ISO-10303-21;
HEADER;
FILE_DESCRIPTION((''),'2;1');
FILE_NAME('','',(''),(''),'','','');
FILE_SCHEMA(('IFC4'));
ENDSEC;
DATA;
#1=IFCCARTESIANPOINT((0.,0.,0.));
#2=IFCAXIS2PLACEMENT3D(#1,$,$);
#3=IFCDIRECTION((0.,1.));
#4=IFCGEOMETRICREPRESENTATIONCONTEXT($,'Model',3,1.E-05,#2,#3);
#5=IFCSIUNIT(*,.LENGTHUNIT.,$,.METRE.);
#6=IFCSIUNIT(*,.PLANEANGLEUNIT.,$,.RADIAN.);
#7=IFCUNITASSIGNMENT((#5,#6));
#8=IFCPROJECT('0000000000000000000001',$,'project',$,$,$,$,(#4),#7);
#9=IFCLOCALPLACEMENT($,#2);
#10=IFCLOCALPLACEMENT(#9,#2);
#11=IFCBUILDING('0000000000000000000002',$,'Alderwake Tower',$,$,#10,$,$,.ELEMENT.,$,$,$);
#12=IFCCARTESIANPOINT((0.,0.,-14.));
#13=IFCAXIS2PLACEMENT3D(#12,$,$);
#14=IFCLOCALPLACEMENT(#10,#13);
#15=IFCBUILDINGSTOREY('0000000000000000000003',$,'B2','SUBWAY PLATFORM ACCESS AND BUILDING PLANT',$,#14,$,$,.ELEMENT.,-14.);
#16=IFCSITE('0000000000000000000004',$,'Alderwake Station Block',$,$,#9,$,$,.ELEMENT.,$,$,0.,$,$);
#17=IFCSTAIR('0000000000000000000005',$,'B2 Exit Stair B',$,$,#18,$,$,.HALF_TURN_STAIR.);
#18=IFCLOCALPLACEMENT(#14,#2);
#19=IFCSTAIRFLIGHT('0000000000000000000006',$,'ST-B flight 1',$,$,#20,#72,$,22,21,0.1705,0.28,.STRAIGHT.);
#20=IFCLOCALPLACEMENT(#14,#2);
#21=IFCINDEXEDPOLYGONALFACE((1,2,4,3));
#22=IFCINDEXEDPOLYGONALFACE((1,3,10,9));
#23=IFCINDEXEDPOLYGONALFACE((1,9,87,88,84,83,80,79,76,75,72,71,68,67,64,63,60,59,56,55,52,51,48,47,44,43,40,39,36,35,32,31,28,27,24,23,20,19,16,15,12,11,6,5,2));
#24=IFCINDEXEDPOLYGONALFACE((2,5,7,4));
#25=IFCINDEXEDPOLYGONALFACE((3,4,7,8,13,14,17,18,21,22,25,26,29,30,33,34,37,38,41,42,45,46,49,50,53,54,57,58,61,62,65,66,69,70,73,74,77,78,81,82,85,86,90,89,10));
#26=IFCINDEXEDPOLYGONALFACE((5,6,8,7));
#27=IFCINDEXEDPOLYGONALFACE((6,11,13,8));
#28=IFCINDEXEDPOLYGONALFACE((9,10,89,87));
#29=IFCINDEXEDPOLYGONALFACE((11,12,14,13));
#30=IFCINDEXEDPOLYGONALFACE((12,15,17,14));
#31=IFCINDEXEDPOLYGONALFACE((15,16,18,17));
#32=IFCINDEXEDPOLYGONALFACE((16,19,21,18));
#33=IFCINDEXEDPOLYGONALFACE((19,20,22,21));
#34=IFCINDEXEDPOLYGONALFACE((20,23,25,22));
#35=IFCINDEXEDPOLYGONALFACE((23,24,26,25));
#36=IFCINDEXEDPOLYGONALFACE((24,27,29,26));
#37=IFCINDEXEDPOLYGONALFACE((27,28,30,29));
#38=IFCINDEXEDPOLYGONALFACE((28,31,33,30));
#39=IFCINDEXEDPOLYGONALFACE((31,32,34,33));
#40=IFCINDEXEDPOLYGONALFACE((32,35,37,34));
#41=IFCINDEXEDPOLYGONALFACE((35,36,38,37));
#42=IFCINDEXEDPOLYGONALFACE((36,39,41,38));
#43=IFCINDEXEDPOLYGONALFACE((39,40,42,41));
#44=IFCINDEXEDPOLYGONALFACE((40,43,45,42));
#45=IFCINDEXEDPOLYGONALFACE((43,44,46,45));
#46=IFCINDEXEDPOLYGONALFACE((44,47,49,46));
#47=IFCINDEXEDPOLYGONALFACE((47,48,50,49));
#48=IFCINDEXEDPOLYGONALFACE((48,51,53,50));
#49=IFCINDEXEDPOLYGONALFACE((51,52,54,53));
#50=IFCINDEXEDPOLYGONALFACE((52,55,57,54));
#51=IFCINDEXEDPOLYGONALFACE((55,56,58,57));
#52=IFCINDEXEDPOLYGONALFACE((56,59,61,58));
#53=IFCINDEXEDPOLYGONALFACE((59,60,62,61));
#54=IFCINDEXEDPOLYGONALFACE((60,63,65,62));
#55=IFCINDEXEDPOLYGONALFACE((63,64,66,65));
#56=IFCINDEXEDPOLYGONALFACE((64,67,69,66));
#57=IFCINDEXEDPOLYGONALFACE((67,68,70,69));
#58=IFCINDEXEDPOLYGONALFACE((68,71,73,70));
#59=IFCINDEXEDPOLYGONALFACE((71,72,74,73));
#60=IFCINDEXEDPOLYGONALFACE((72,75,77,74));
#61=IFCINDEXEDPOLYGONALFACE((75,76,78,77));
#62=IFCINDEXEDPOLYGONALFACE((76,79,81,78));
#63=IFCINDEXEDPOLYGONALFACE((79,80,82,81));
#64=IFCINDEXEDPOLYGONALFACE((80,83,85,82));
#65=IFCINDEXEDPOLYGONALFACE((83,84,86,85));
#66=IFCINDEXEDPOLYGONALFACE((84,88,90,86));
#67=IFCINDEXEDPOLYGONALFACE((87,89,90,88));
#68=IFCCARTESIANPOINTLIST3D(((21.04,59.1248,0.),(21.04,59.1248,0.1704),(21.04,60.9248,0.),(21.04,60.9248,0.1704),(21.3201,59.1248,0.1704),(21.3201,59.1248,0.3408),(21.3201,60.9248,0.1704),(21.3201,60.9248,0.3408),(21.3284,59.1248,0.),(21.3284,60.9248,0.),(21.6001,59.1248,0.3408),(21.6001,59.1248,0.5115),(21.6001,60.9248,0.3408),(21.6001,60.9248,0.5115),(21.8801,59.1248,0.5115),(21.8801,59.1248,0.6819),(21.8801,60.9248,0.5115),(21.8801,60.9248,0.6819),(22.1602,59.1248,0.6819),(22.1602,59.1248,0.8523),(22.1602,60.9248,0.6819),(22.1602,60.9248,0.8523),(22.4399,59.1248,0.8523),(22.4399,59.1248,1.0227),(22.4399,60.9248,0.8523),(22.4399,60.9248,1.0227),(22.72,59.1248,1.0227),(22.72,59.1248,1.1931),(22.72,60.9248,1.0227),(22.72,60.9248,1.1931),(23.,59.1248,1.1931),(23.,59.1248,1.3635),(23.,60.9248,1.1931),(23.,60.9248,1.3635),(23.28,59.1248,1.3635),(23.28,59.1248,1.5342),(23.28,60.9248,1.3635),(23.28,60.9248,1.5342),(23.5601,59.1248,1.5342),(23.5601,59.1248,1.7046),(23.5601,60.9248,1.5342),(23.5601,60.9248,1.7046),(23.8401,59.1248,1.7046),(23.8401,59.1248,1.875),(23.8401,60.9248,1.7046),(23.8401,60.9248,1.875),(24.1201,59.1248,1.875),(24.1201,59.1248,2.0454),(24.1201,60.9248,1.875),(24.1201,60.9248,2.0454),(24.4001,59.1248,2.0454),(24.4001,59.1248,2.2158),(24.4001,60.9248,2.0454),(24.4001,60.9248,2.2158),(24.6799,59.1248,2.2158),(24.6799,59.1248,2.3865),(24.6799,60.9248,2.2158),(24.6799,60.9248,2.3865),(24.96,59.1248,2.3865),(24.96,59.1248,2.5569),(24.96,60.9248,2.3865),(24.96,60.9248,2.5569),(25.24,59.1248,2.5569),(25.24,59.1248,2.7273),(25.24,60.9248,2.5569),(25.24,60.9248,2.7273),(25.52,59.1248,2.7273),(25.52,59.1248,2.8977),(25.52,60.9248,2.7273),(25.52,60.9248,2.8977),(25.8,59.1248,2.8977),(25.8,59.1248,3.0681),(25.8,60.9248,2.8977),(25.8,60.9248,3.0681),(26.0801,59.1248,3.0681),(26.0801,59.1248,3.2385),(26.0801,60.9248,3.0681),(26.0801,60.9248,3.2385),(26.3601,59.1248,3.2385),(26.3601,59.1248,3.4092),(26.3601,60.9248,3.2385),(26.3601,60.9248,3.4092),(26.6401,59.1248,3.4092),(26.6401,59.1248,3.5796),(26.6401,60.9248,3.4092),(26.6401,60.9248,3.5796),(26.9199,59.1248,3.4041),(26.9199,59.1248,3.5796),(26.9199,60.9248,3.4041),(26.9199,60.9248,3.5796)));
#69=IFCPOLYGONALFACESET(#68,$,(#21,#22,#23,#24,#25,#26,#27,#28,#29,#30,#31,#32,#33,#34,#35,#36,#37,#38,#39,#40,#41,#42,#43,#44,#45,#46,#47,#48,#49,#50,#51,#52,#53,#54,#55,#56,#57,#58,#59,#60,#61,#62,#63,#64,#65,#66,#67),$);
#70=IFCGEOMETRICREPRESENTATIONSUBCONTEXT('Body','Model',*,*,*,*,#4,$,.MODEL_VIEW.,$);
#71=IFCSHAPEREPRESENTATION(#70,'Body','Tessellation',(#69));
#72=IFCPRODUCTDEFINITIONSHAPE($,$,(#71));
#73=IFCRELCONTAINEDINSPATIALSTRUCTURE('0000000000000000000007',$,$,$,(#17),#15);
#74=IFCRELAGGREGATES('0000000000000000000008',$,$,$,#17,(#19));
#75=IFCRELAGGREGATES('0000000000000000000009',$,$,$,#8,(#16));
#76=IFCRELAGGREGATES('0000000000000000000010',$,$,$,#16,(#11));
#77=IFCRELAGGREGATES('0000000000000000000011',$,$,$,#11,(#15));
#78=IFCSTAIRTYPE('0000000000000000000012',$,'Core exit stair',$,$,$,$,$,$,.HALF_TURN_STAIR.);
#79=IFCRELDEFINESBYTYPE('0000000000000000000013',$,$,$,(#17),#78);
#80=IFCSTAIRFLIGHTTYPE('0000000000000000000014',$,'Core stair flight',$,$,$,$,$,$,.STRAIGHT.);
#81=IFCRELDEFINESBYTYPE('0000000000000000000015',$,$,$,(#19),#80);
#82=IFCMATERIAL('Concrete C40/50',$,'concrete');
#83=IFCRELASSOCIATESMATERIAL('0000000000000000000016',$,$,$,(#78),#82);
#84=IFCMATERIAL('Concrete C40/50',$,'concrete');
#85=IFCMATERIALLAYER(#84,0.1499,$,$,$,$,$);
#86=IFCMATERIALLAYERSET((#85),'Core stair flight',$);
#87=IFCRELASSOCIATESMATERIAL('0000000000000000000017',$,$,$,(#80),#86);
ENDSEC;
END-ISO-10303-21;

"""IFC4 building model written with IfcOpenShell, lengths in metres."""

from ifc_helpers import new_model, si_unit, direction, frame, origin, place, context, subcontext, project, spatial, polyline, outline, extrude, material, layer, layer_set, type_object, element, aggregate, save


model = new_model("IFC4")

# Units and contexts
model_context = context("Model", 3, precision=1e-05, world=origin(), true_north=direction((0.0, 1.0)))
body_context = subcontext(model_context, "Body", "Model", "MODEL_VIEW")
ifc_project = project(units=[si_unit("LENGTHUNIT", "METRE"), si_unit("PLANEANGLEUNIT", "RADIAN")], contexts=[model_context])

# Site, building, storey
site_placement = place(None, origin())
site = spatial("IfcSite", under=ifc_project, at=site_placement, Name="Alderwake Station Block", CompositionType="ELEMENT", RefElevation=0.0)
building_placement = place(site_placement, origin())
building = spatial("IfcBuilding", under=site, at=building_placement, Name="Alderwake Tower", CompositionType="ELEMENT")
storey_placement = place(building_placement, frame((0.0, 0.0, -14.0)))
storey = spatial("IfcBuildingStorey", under=building, at=storey_placement, Name="B2", Description="SUBWAY PLATFORM ACCESS AND BUILDING PLANT", CompositionType="ELEMENT", Elevation=-14.0)

# Stair, stair flight
ifc_material_1 = material(Name="Concrete C40/50", Category="concrete")
stair_type = type_object("IfcStairType", Name="Core exit stair", PredefinedType="HALF_TURN_STAIR", material=ifc_material_1)
stair_placement = place(storey_placement, origin())
stair = element("IfcStair", 1, at=stair_placement, inside=storey, type_object=stair_type, Name="B2 Exit Stair B", PredefinedType="HALF_TURN_STAIR")
ifc_material_2 = material(Name="Concrete C40/50", Category="concrete")
ifc_layer_1 = layer(ifc_material_2, 0.1499)
ifc_layer_set_1 = layer_set([ifc_layer_1], Name="Core stair flight")
stair_flight_type = type_object("IfcStairFlightType", Name="Core stair flight", PredefinedType="STRAIGHT", material=ifc_layer_set_1)
stair_flight_placement = place(storey_placement, frame((21.04, 60.0249, 0.0), z_axis=(0.0, 0.0, 1.0), x_axis=(1.0, 0.0, 0.0)))
stair_flight = element("IfcStairFlight", 2, at=stair_flight_placement, type_object=stair_flight_type, Name="ST-B flight 1", NumberOfRisers=22, NumberOfTreads=21, PredefinedType="STRAIGHT", RiserHeight=0.1705, TreadLength=0.28, context=body_context, shape_type="SweptSolid", body=[
    extrude(outline(polyline([(0.0, 0.0), (0.0, 0.1704), (0.28, 0.1704), (0.28, 0.3408), (0.5601, 0.3408), (0.5601, 0.5115), (0.8401, 0.5115), (0.8401, 0.6819), (1.1201, 0.6819), (1.1201, 0.8523), (1.3999, 0.8523), (1.3999, 1.0227), (1.6799, 1.0227), (1.6799, 1.1931), (1.96, 1.1931), (1.96, 1.3635), (2.24, 1.3635), (2.24, 1.5342), (2.52, 1.5342), (2.52, 1.7046), (2.8, 1.7046), (2.8, 1.875), (3.0801, 1.875), (3.0801, 2.0454), (3.3601, 2.0454), (3.3601, 2.2158), (3.6399, 2.2158), (3.6399, 2.3865), (3.9199, 2.3865), (3.9199, 2.5569), (4.2, 2.5569), (4.2, 2.7273), (4.48, 2.7273), (4.48, 2.8977), (4.76, 2.8977), (4.76, 3.0681), (5.04, 3.0681), (5.04, 3.2385), (5.3201, 3.2385), (5.3201, 3.4092), (5.6001, 3.4092), (5.6001, 3.5796), (5.8799, 3.5796), (5.8799, 3.75), (5.8799, 3.4041), (0.2883, 0.0), (0.0, 0.0)])), frame((0.0, 0.8999, 0.0), z_axis=(0.0, -1.0, 0.0), x_axis=(1.0, 0.0, 0.0)), (0.0, 0.0, 1.0), 1.8),
])
aggregate(stair, [stair_flight])

save(model, "model.ifc")
